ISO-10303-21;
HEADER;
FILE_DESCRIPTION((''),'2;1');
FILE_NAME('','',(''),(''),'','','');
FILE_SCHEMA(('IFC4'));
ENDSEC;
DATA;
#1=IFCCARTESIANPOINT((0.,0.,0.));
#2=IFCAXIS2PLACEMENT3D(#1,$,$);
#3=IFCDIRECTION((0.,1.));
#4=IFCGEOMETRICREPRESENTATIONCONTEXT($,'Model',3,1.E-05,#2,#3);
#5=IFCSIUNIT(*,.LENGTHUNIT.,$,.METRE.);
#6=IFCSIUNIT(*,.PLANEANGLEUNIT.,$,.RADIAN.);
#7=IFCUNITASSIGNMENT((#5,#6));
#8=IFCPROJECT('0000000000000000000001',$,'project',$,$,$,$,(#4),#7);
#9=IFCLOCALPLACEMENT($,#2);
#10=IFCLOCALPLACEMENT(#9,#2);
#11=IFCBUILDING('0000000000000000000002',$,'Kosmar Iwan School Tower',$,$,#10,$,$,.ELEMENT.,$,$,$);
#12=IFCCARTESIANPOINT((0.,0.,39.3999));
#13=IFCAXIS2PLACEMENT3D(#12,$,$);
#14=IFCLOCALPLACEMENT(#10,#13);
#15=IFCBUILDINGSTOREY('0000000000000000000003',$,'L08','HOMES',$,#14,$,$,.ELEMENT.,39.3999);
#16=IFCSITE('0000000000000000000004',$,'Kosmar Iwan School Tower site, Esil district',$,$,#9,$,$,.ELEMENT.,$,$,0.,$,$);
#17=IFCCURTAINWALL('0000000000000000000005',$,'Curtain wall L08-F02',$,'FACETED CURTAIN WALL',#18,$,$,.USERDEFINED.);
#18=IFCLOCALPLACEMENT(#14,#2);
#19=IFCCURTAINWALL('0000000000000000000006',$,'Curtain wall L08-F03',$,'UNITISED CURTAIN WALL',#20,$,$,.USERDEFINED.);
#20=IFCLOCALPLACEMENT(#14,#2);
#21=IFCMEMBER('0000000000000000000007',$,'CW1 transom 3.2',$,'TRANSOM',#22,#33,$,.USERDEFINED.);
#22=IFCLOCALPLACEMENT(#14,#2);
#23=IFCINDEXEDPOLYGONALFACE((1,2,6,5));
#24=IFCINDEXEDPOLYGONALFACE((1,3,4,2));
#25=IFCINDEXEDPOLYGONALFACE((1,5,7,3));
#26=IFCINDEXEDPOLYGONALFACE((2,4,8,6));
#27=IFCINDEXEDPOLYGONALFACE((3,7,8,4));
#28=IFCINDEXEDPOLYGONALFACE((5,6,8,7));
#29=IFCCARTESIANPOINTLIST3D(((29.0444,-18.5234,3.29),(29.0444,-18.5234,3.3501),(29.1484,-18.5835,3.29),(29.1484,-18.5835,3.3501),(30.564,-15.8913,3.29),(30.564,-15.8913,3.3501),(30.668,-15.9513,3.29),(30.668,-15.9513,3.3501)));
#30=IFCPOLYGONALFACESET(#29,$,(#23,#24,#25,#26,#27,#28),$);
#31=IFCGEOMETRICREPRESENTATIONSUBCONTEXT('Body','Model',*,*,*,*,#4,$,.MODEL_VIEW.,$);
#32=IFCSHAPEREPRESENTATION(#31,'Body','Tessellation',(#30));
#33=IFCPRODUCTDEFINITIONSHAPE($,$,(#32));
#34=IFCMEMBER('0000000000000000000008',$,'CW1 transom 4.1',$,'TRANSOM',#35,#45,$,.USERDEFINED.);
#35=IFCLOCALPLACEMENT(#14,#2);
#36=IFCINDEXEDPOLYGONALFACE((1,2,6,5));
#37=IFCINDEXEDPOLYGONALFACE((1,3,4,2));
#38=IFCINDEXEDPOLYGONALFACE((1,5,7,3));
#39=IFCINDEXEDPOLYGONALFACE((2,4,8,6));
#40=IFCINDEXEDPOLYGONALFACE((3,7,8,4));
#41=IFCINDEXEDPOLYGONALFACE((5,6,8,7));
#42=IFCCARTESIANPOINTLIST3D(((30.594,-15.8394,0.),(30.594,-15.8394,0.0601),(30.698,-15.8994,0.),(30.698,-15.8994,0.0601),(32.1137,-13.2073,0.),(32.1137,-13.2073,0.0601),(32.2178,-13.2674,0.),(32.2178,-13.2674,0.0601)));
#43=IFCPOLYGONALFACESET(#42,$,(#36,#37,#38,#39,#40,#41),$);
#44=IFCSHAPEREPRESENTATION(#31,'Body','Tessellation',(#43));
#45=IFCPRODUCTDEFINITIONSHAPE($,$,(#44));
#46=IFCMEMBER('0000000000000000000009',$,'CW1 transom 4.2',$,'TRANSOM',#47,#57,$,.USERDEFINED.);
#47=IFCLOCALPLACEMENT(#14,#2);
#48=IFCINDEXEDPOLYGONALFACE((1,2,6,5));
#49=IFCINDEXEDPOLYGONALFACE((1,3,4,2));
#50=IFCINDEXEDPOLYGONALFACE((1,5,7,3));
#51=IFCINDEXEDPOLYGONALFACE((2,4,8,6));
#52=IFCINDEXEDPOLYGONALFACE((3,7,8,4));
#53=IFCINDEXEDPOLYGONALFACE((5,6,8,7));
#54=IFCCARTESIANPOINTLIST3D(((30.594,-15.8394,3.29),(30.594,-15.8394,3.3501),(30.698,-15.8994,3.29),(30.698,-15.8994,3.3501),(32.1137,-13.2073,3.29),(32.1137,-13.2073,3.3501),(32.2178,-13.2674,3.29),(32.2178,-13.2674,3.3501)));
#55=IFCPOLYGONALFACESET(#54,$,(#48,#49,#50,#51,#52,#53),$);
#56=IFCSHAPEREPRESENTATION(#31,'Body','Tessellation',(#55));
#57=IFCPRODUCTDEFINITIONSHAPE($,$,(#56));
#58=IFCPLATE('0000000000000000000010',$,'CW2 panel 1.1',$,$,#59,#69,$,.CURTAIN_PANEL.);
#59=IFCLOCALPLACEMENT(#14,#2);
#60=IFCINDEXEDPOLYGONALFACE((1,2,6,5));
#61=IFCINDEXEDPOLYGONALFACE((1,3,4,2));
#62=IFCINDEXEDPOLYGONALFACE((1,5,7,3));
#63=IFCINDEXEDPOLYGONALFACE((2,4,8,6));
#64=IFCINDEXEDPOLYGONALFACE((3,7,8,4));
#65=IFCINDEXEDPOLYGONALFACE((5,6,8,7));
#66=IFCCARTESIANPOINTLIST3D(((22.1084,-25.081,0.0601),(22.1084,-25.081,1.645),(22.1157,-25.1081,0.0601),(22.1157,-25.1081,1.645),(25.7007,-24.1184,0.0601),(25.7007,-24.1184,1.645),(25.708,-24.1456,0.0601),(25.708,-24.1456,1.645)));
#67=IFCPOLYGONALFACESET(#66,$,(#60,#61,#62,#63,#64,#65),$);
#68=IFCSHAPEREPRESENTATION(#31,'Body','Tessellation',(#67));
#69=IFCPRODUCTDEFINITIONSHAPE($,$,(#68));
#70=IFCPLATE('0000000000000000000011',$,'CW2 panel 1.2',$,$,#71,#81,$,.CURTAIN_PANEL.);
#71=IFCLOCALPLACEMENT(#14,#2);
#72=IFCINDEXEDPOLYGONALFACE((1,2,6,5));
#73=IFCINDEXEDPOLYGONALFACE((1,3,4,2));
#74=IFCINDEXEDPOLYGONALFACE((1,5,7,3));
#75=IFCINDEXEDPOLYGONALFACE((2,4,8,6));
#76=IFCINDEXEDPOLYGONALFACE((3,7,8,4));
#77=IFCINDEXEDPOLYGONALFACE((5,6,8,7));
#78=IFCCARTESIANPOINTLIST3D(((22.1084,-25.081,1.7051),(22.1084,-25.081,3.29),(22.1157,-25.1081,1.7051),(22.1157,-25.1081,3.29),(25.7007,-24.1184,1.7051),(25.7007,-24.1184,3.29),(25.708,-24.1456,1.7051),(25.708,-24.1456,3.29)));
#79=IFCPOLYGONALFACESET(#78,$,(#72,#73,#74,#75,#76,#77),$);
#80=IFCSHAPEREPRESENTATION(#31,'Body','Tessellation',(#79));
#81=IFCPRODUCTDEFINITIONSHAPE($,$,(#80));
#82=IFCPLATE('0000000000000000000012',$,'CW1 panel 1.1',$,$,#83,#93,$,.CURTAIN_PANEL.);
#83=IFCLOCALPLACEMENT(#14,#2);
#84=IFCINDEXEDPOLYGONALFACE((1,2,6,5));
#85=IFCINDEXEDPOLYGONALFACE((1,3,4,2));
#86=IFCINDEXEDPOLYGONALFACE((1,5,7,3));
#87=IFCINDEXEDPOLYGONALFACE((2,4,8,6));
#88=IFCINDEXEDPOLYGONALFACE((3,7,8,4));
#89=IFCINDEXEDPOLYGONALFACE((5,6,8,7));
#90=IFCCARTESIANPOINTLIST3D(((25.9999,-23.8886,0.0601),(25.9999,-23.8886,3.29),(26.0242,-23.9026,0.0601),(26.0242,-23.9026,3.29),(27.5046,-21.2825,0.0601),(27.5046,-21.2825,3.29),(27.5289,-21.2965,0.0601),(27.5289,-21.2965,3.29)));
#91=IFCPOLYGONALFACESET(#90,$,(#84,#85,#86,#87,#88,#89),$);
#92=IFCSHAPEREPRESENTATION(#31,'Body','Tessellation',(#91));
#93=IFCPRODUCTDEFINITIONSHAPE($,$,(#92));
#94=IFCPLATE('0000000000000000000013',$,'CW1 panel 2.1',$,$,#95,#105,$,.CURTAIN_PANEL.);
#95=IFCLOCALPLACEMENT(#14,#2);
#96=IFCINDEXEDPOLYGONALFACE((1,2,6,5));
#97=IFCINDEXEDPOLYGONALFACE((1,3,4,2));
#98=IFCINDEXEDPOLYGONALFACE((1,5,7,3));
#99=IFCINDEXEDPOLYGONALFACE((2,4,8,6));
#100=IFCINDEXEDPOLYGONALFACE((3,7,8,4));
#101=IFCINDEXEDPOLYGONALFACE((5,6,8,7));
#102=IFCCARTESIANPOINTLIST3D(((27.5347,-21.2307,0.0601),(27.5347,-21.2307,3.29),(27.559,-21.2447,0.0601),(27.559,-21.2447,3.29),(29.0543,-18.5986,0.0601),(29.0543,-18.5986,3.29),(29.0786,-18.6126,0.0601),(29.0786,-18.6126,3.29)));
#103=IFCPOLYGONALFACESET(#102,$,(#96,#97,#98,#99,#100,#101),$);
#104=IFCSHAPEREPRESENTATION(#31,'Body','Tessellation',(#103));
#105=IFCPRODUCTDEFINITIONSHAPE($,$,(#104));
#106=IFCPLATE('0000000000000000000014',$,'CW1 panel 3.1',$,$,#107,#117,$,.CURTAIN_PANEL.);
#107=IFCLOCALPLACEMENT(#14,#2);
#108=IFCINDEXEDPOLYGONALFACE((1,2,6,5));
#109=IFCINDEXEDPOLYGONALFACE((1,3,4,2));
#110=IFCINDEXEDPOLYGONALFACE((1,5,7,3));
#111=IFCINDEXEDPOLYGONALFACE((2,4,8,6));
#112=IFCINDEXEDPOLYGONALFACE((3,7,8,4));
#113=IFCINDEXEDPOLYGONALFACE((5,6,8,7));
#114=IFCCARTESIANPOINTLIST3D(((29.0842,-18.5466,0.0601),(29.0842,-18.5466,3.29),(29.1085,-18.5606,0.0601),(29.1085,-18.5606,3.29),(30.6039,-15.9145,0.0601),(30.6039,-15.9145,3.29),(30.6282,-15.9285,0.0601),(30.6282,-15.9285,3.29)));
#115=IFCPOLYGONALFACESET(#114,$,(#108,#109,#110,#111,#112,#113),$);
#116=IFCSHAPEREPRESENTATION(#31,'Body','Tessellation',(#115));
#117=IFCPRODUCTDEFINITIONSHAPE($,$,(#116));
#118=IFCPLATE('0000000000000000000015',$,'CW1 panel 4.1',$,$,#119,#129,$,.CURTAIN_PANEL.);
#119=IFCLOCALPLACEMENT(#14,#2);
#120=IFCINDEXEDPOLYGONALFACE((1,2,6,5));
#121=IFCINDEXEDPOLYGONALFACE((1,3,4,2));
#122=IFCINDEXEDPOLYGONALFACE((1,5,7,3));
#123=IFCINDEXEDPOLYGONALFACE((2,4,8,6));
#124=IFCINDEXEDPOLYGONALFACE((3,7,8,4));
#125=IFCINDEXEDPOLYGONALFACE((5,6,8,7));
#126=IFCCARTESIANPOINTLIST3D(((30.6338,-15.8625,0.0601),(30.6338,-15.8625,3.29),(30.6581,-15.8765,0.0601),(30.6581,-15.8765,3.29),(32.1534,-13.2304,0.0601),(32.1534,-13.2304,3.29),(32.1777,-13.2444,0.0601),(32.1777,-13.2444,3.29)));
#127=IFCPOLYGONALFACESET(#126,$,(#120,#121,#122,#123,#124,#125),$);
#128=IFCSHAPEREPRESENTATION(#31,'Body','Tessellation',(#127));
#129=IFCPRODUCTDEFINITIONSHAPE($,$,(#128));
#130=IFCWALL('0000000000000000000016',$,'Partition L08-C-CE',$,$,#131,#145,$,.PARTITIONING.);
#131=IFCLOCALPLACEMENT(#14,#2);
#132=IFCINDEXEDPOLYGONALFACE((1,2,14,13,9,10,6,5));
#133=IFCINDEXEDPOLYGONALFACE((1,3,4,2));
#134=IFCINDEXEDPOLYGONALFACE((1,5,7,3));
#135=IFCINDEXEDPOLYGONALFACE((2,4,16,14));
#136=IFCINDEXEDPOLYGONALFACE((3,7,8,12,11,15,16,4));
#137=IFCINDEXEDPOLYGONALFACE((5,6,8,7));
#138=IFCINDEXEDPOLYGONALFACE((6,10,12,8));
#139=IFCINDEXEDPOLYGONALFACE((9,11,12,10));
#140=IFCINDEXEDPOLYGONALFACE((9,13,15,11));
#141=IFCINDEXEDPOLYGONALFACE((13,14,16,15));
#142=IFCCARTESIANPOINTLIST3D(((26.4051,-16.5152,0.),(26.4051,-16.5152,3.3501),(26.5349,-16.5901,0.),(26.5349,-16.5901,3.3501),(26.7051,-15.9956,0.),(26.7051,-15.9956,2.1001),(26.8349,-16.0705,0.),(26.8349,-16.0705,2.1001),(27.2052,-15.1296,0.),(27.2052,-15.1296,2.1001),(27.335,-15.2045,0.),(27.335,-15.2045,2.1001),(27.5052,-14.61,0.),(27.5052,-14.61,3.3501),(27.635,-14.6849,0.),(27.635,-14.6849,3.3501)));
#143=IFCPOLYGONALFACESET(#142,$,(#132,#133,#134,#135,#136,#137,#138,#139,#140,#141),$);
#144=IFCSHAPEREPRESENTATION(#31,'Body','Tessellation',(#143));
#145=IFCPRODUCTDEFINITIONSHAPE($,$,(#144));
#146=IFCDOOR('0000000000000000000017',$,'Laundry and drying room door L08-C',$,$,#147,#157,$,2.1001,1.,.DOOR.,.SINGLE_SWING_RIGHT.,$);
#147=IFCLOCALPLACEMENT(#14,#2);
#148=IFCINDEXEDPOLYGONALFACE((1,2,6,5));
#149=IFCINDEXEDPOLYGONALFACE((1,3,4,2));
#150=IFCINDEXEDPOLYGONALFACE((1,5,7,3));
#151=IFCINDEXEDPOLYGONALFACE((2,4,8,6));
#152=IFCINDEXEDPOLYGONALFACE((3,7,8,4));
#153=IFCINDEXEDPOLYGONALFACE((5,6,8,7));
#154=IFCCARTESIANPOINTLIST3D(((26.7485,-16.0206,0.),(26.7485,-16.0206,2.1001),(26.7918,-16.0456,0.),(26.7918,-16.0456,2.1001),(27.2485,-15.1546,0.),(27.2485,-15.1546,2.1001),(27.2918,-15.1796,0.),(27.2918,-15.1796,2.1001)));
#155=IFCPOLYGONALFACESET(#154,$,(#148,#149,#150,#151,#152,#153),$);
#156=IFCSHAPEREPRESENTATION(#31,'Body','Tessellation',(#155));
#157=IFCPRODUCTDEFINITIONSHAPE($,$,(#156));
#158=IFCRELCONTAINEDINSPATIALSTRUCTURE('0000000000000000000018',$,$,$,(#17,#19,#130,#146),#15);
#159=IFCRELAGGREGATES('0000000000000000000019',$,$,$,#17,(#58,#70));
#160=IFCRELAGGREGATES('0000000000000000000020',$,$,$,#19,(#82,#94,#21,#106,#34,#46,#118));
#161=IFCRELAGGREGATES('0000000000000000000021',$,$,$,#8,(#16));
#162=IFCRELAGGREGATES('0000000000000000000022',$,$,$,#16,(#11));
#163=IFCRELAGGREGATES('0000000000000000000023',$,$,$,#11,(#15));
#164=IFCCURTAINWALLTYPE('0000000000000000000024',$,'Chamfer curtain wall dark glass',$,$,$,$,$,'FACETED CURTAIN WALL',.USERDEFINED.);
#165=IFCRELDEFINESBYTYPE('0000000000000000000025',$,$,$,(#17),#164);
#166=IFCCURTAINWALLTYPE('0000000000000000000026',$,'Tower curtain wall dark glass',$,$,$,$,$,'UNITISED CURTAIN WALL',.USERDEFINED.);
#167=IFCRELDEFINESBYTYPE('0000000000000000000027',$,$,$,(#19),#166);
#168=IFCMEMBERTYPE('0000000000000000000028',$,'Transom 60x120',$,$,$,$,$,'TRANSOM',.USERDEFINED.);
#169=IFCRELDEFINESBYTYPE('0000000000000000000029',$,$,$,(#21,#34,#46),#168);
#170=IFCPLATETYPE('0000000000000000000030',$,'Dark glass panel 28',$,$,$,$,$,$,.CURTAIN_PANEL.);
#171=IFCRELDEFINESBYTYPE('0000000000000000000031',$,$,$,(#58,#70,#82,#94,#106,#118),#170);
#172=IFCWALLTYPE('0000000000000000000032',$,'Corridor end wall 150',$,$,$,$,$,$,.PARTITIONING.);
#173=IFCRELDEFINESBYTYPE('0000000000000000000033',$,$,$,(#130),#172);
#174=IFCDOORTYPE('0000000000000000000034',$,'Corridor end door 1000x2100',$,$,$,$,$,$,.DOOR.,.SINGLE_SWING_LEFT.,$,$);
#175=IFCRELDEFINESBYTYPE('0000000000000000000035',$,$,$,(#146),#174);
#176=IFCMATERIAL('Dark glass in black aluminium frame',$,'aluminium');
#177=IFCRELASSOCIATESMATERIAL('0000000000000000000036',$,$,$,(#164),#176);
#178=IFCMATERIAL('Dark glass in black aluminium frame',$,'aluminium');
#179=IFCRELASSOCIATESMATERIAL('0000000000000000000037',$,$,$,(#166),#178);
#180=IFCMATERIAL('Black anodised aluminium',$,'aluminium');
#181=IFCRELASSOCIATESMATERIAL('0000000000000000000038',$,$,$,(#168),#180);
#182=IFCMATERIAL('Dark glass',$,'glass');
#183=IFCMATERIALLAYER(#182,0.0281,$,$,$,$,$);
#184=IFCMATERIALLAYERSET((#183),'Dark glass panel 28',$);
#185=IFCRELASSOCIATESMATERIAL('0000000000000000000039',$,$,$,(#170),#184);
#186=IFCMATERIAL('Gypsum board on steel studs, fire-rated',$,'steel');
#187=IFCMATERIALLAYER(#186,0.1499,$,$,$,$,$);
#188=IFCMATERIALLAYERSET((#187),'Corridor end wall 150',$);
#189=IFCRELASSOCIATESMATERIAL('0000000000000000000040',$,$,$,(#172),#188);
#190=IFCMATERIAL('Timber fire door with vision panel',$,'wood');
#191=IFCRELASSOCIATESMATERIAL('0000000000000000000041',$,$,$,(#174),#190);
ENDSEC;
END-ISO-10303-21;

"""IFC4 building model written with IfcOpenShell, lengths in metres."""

from ifc_helpers import new_model, si_unit, direction, frame, frame_2d, origin, origin_2d, place, context, subcontext, project, spatial, rectangle, extrude, material, layer, layer_set, material_profile, profile_set, type_object, element, fill, aggregate, save


model = new_model("IFC4")

# Units and contexts
model_context = context("Model", 3, precision=1e-05, world=origin(), true_north=direction((0.0, 1.0)))
body_context = subcontext(model_context, "Body", "Model", "MODEL_VIEW")
ifc_project = project(units=[si_unit("LENGTHUNIT", "METRE"), si_unit("PLANEANGLEUNIT", "RADIAN")], contexts=[model_context])

# Site, building, storey
site_placement = place(None, origin())
site = spatial("IfcSite", under=ifc_project, at=site_placement, Name="Kosmar Iwan School Tower site, Esil district", CompositionType="ELEMENT", RefElevation=0.0)
building_placement = place(site_placement, origin())
building = spatial("IfcBuilding", under=site, at=building_placement, Name="Kosmar Iwan School Tower", CompositionType="ELEMENT")
storey_placement = place(building_placement, frame((0.0, 0.0, 39.3999)))
storey = spatial("IfcBuildingStorey", under=building, at=storey_placement, Name="L08", Description="HOMES", CompositionType="ELEMENT", Elevation=39.3999)

# Curtain wall
ifc_material_1 = material(Name="Dark glass in black aluminium frame", Category="aluminium")
curtain_wall_type_1 = type_object("IfcCurtainWallType", Name="Chamfer curtain wall dark glass", ElementType="FACETED CURTAIN WALL", PredefinedType="USERDEFINED", material=ifc_material_1)
curtain_wall_1_placement = place(storey_placement, origin())
curtain_wall_1 = element("IfcCurtainWall", 1, at=curtain_wall_1_placement, inside=storey, type_object=curtain_wall_type_1, Name="Curtain wall L08-F02", ObjectType="FACETED CURTAIN WALL", PredefinedType="USERDEFINED")

# Curtain wall
ifc_material_2 = material(Name="Dark glass in black aluminium frame", Category="aluminium")
curtain_wall_type_2 = type_object("IfcCurtainWallType", Name="Tower curtain wall dark glass", ElementType="UNITISED CURTAIN WALL", PredefinedType="USERDEFINED", material=ifc_material_2)
curtain_wall_2_placement = place(storey_placement, origin())
curtain_wall_2 = element("IfcCurtainWall", 2, at=curtain_wall_2_placement, inside=storey, type_object=curtain_wall_type_2, Name="Curtain wall L08-F03", ObjectType="UNITISED CURTAIN WALL", PredefinedType="USERDEFINED")

# Members
ifc_material_3 = material(Name="Black anodised aluminium", Category="aluminium")
ifc_material_profile_1 = material_profile(ifc_material_3, rectangle(XDim=0.1201, YDim=0.0601, at=origin_2d()), Name="TRANSOM 60x120")
ifc_profile_set_1 = profile_set([ifc_material_profile_1], Name="Black anodised aluminium")
member_type_1 = type_object("IfcMemberType", Name="Transom 60x120", ElementType="TRANSOM", PredefinedType="USERDEFINED", material=ifc_profile_set_1)
member_1_placement = place(storey_placement, frame((29.0964, -18.5535, 3.3201), z_axis=(0.499975, 0.86604, 0.0), x_axis=(-0.86604, 0.499975, 0.0)))
member_1 = element("IfcMember", 3, at=member_1_placement, type_object=member_type_1, Name="CW1 transom 3.2", ObjectType="TRANSOM", PredefinedType="USERDEFINED", context=body_context, shape_type="SweptSolid", body=[
    extrude(rectangle(XDim=0.1201, YDim=0.0601, at=origin_2d()), origin(), (0.0, 0.0, 1.0), 3.0393),
])
member_2_placement = place(storey_placement, frame((30.646, -15.8694, 0.03), z_axis=(0.500035, 0.866005, 0.0), x_axis=(-0.866005, 0.500035, 0.0)))
member_2 = element("IfcMember", 4, at=member_2_placement, type_object=member_type_1, Name="CW1 transom 4.1", ObjectType="TRANSOM", PredefinedType="USERDEFINED", context=body_context, shape_type="SweptSolid", body=[
    extrude(rectangle(XDim=0.1201, YDim=0.0601, at=origin_2d()), origin(), (0.0, 0.0, 1.0), 3.0393),
])
member_3_placement = place(storey_placement, frame((30.646, -15.8694, 3.3201), z_axis=(0.500035, 0.866005, 0.0), x_axis=(-0.866005, 0.500035, 0.0)))
member_3 = element("IfcMember", 5, at=member_3_placement, type_object=member_type_1, Name="CW1 transom 4.2", ObjectType="TRANSOM", PredefinedType="USERDEFINED", context=body_context, shape_type="SweptSolid", body=[
    extrude(rectangle(XDim=0.1201, YDim=0.0601, at=origin_2d()), origin(), (0.0, 0.0, 1.0), 3.0393),
])

# Plates
ifc_material_4 = material(Name="Dark glass", Category="glass")
ifc_layer_1 = layer(ifc_material_4, 0.0281)
ifc_layer_set_1 = layer_set([ifc_layer_1], Name="Dark glass panel 28")
plate_type = type_object("IfcPlateType", Name="Dark glass panel 28", PredefinedType="CURTAIN_PANEL", material=ifc_layer_set_1)
plate_1_placement = place(storey_placement, frame((23.9082, -24.6133, 0.0601), z_axis=(0.0, 0.0, 1.0), x_axis=(0.965926, 0.258819, 0.0)))
plate_1 = element("IfcPlate", 6, at=plate_1_placement, type_object=plate_type, Name="CW2 panel 1.1", PredefinedType="CURTAIN_PANEL", context=body_context, shape_type="SweptSolid", body=[
    extrude(rectangle(XDim=3.719, YDim=0.0281, at=origin_2d()), origin(), (0.0, 0.0, 1.0), 1.585),
])
plate_2_placement = place(storey_placement, frame((23.9082, -24.6133, 1.7051), z_axis=(0.0, 0.0, 1.0), x_axis=(0.965926, 0.258819, 0.0)))
plate_2 = element("IfcPlate", 7, at=plate_2_placement, type_object=plate_type, Name="CW2 panel 1.2", PredefinedType="CURTAIN_PANEL", context=body_context, shape_type="SweptSolid", body=[
    extrude(rectangle(XDim=3.719, YDim=0.0281, at=origin_2d()), origin(), (0.0, 0.0, 1.0), 1.585),
])
aggregate(curtain_wall_1, [plate_1, plate_2])
plate_3_placement = place(storey_placement, frame((26.7644, -22.5925, 0.0601), z_axis=(0.0, 0.0, 1.0), x_axis=(0.5, 0.866025, 0.0)))
plate_3 = element("IfcPlate", 8, at=plate_3_placement, type_object=plate_type, Name="CW1 panel 1.1", PredefinedType="CURTAIN_PANEL", context=body_context, shape_type="SweptSolid", body=[
    extrude(rectangle(XDim=3.0093, YDim=0.0281, at=origin_2d()), origin(), (0.0, 0.0, 1.0), 3.23),
])
plate_4_placement = place(storey_placement, frame((28.3066, -19.9216, 0.0601), z_axis=(0.0, 0.0, 1.0), x_axis=(0.5, 0.866025, 0.0)))
plate_4 = element("IfcPlate", 9, at=plate_4_placement, type_object=plate_type, Name="CW1 panel 2.1", PredefinedType="CURTAIN_PANEL", context=body_context, shape_type="SweptSolid", body=[
    extrude(rectangle(XDim=3.0393, YDim=0.0281, at=origin_2d()), origin(), (0.0, 0.0, 1.0), 3.23),
])
plate_5_placement = place(storey_placement, frame((29.8562, -17.2375, 0.0601), z_axis=(0.0, 0.0, 1.0), x_axis=(0.5, 0.866025, 0.0)))
plate_5 = element("IfcPlate", 10, at=plate_5_placement, type_object=plate_type, Name="CW1 panel 3.1", PredefinedType="CURTAIN_PANEL", context=body_context, shape_type="SweptSolid", body=[
    extrude(rectangle(XDim=3.0393, YDim=0.0281, at=origin_2d()), origin(), (0.0, 0.0, 1.0), 3.23),
])
plate_6_placement = place(storey_placement, frame((31.4058, -14.5535, 0.0601), z_axis=(0.0, 0.0, 1.0), x_axis=(0.5, 0.866025, 0.0)))
plate_6 = element("IfcPlate", 11, at=plate_6_placement, type_object=plate_type, Name="CW1 panel 4.1", PredefinedType="CURTAIN_PANEL", context=body_context, shape_type="SweptSolid", body=[
    extrude(rectangle(XDim=3.0393, YDim=0.0281, at=origin_2d()), origin(), (0.0, 0.0, 1.0), 3.23),
])
aggregate(curtain_wall_2, [plate_3, plate_4, member_1, plate_5, member_2, member_3, plate_6])

# Wall, opening, door
ifc_material_5 = material(Name="Gypsum board on steel studs, fire-rated", Category="steel")
ifc_layer_2 = layer(ifc_material_5, 0.1499)
ifc_layer_set_2 = layer_set([ifc_layer_2], Name="Corridor end wall 150")
wall_type_1 = type_object("IfcWallType", Name="Corridor end wall 150", PredefinedType="PARTITIONING", material=ifc_layer_set_2)
wall_1_placement = place(storey_placement, frame((26.47, -16.5527, 0.0), z_axis=(0.0, 0.0, 1.0), x_axis=(0.50003, 0.866008, 0.0)))
wall_1 = element("IfcWall", 12, at=wall_1_placement, inside=storey, type_object=wall_type_1, Name="Partition L08-C-CE", PredefinedType="PARTITIONING", context=body_context, shape_type="SweptSolid", body=[
    extrude(rectangle(XDim=2.2, YDim=0.1499, at=frame_2d((1.1001, 0.0))), origin(), (0.0, 0.0, 1.0), 3.3501),
])
opening_1_placement = place(wall_1_placement, frame((0.6001, 0.0, 0.0)))
opening_1 = element("IfcOpeningElement", 13, at=opening_1_placement, cuts=wall_1, PredefinedType="OPENING", context=body_context, shape_type="SweptSolid", body=[
    extrude(rectangle(XDim=1.0, YDim=2.1001, at=frame_2d((0.5, 1.05))), frame((0.0, 0.0869, 0.0), z_axis=(0.0, -1.0, 0.0), x_axis=(1.0, 0.0, 0.0)), (0.0, 0.0, 1.0), 0.1738),
])
ifc_material_6 = material(Name="Timber fire door with vision panel", Category="wood")
door_type_1 = type_object("IfcDoorType", Name="Corridor end door 1000x2100", OperationType="SINGLE_SWING_LEFT", PredefinedType="DOOR", material=ifc_material_6)
door_1_placement = place(opening_1_placement, origin())
door_1 = element("IfcDoor", 14, at=door_1_placement, inside=storey, type_object=door_type_1, Name="Laundry and drying room door L08-C", OperationType="SINGLE_SWING_RIGHT", OverallHeight=2.1001, OverallWidth=1.0, PredefinedType="DOOR", context=body_context, shape_type="SweptSolid", body=[
    extrude(rectangle(XDim=1.0, YDim=2.1001, at=frame_2d((0.5, 1.05))), frame((0.0, 0.0249, 0.0), z_axis=(0.0, -1.0, 0.0), x_axis=(1.0, 0.0, 0.0)), (0.0, 0.0, 1.0), 0.05),
])
fill(opening_1, door_1)

save(model, "model.ifc")
